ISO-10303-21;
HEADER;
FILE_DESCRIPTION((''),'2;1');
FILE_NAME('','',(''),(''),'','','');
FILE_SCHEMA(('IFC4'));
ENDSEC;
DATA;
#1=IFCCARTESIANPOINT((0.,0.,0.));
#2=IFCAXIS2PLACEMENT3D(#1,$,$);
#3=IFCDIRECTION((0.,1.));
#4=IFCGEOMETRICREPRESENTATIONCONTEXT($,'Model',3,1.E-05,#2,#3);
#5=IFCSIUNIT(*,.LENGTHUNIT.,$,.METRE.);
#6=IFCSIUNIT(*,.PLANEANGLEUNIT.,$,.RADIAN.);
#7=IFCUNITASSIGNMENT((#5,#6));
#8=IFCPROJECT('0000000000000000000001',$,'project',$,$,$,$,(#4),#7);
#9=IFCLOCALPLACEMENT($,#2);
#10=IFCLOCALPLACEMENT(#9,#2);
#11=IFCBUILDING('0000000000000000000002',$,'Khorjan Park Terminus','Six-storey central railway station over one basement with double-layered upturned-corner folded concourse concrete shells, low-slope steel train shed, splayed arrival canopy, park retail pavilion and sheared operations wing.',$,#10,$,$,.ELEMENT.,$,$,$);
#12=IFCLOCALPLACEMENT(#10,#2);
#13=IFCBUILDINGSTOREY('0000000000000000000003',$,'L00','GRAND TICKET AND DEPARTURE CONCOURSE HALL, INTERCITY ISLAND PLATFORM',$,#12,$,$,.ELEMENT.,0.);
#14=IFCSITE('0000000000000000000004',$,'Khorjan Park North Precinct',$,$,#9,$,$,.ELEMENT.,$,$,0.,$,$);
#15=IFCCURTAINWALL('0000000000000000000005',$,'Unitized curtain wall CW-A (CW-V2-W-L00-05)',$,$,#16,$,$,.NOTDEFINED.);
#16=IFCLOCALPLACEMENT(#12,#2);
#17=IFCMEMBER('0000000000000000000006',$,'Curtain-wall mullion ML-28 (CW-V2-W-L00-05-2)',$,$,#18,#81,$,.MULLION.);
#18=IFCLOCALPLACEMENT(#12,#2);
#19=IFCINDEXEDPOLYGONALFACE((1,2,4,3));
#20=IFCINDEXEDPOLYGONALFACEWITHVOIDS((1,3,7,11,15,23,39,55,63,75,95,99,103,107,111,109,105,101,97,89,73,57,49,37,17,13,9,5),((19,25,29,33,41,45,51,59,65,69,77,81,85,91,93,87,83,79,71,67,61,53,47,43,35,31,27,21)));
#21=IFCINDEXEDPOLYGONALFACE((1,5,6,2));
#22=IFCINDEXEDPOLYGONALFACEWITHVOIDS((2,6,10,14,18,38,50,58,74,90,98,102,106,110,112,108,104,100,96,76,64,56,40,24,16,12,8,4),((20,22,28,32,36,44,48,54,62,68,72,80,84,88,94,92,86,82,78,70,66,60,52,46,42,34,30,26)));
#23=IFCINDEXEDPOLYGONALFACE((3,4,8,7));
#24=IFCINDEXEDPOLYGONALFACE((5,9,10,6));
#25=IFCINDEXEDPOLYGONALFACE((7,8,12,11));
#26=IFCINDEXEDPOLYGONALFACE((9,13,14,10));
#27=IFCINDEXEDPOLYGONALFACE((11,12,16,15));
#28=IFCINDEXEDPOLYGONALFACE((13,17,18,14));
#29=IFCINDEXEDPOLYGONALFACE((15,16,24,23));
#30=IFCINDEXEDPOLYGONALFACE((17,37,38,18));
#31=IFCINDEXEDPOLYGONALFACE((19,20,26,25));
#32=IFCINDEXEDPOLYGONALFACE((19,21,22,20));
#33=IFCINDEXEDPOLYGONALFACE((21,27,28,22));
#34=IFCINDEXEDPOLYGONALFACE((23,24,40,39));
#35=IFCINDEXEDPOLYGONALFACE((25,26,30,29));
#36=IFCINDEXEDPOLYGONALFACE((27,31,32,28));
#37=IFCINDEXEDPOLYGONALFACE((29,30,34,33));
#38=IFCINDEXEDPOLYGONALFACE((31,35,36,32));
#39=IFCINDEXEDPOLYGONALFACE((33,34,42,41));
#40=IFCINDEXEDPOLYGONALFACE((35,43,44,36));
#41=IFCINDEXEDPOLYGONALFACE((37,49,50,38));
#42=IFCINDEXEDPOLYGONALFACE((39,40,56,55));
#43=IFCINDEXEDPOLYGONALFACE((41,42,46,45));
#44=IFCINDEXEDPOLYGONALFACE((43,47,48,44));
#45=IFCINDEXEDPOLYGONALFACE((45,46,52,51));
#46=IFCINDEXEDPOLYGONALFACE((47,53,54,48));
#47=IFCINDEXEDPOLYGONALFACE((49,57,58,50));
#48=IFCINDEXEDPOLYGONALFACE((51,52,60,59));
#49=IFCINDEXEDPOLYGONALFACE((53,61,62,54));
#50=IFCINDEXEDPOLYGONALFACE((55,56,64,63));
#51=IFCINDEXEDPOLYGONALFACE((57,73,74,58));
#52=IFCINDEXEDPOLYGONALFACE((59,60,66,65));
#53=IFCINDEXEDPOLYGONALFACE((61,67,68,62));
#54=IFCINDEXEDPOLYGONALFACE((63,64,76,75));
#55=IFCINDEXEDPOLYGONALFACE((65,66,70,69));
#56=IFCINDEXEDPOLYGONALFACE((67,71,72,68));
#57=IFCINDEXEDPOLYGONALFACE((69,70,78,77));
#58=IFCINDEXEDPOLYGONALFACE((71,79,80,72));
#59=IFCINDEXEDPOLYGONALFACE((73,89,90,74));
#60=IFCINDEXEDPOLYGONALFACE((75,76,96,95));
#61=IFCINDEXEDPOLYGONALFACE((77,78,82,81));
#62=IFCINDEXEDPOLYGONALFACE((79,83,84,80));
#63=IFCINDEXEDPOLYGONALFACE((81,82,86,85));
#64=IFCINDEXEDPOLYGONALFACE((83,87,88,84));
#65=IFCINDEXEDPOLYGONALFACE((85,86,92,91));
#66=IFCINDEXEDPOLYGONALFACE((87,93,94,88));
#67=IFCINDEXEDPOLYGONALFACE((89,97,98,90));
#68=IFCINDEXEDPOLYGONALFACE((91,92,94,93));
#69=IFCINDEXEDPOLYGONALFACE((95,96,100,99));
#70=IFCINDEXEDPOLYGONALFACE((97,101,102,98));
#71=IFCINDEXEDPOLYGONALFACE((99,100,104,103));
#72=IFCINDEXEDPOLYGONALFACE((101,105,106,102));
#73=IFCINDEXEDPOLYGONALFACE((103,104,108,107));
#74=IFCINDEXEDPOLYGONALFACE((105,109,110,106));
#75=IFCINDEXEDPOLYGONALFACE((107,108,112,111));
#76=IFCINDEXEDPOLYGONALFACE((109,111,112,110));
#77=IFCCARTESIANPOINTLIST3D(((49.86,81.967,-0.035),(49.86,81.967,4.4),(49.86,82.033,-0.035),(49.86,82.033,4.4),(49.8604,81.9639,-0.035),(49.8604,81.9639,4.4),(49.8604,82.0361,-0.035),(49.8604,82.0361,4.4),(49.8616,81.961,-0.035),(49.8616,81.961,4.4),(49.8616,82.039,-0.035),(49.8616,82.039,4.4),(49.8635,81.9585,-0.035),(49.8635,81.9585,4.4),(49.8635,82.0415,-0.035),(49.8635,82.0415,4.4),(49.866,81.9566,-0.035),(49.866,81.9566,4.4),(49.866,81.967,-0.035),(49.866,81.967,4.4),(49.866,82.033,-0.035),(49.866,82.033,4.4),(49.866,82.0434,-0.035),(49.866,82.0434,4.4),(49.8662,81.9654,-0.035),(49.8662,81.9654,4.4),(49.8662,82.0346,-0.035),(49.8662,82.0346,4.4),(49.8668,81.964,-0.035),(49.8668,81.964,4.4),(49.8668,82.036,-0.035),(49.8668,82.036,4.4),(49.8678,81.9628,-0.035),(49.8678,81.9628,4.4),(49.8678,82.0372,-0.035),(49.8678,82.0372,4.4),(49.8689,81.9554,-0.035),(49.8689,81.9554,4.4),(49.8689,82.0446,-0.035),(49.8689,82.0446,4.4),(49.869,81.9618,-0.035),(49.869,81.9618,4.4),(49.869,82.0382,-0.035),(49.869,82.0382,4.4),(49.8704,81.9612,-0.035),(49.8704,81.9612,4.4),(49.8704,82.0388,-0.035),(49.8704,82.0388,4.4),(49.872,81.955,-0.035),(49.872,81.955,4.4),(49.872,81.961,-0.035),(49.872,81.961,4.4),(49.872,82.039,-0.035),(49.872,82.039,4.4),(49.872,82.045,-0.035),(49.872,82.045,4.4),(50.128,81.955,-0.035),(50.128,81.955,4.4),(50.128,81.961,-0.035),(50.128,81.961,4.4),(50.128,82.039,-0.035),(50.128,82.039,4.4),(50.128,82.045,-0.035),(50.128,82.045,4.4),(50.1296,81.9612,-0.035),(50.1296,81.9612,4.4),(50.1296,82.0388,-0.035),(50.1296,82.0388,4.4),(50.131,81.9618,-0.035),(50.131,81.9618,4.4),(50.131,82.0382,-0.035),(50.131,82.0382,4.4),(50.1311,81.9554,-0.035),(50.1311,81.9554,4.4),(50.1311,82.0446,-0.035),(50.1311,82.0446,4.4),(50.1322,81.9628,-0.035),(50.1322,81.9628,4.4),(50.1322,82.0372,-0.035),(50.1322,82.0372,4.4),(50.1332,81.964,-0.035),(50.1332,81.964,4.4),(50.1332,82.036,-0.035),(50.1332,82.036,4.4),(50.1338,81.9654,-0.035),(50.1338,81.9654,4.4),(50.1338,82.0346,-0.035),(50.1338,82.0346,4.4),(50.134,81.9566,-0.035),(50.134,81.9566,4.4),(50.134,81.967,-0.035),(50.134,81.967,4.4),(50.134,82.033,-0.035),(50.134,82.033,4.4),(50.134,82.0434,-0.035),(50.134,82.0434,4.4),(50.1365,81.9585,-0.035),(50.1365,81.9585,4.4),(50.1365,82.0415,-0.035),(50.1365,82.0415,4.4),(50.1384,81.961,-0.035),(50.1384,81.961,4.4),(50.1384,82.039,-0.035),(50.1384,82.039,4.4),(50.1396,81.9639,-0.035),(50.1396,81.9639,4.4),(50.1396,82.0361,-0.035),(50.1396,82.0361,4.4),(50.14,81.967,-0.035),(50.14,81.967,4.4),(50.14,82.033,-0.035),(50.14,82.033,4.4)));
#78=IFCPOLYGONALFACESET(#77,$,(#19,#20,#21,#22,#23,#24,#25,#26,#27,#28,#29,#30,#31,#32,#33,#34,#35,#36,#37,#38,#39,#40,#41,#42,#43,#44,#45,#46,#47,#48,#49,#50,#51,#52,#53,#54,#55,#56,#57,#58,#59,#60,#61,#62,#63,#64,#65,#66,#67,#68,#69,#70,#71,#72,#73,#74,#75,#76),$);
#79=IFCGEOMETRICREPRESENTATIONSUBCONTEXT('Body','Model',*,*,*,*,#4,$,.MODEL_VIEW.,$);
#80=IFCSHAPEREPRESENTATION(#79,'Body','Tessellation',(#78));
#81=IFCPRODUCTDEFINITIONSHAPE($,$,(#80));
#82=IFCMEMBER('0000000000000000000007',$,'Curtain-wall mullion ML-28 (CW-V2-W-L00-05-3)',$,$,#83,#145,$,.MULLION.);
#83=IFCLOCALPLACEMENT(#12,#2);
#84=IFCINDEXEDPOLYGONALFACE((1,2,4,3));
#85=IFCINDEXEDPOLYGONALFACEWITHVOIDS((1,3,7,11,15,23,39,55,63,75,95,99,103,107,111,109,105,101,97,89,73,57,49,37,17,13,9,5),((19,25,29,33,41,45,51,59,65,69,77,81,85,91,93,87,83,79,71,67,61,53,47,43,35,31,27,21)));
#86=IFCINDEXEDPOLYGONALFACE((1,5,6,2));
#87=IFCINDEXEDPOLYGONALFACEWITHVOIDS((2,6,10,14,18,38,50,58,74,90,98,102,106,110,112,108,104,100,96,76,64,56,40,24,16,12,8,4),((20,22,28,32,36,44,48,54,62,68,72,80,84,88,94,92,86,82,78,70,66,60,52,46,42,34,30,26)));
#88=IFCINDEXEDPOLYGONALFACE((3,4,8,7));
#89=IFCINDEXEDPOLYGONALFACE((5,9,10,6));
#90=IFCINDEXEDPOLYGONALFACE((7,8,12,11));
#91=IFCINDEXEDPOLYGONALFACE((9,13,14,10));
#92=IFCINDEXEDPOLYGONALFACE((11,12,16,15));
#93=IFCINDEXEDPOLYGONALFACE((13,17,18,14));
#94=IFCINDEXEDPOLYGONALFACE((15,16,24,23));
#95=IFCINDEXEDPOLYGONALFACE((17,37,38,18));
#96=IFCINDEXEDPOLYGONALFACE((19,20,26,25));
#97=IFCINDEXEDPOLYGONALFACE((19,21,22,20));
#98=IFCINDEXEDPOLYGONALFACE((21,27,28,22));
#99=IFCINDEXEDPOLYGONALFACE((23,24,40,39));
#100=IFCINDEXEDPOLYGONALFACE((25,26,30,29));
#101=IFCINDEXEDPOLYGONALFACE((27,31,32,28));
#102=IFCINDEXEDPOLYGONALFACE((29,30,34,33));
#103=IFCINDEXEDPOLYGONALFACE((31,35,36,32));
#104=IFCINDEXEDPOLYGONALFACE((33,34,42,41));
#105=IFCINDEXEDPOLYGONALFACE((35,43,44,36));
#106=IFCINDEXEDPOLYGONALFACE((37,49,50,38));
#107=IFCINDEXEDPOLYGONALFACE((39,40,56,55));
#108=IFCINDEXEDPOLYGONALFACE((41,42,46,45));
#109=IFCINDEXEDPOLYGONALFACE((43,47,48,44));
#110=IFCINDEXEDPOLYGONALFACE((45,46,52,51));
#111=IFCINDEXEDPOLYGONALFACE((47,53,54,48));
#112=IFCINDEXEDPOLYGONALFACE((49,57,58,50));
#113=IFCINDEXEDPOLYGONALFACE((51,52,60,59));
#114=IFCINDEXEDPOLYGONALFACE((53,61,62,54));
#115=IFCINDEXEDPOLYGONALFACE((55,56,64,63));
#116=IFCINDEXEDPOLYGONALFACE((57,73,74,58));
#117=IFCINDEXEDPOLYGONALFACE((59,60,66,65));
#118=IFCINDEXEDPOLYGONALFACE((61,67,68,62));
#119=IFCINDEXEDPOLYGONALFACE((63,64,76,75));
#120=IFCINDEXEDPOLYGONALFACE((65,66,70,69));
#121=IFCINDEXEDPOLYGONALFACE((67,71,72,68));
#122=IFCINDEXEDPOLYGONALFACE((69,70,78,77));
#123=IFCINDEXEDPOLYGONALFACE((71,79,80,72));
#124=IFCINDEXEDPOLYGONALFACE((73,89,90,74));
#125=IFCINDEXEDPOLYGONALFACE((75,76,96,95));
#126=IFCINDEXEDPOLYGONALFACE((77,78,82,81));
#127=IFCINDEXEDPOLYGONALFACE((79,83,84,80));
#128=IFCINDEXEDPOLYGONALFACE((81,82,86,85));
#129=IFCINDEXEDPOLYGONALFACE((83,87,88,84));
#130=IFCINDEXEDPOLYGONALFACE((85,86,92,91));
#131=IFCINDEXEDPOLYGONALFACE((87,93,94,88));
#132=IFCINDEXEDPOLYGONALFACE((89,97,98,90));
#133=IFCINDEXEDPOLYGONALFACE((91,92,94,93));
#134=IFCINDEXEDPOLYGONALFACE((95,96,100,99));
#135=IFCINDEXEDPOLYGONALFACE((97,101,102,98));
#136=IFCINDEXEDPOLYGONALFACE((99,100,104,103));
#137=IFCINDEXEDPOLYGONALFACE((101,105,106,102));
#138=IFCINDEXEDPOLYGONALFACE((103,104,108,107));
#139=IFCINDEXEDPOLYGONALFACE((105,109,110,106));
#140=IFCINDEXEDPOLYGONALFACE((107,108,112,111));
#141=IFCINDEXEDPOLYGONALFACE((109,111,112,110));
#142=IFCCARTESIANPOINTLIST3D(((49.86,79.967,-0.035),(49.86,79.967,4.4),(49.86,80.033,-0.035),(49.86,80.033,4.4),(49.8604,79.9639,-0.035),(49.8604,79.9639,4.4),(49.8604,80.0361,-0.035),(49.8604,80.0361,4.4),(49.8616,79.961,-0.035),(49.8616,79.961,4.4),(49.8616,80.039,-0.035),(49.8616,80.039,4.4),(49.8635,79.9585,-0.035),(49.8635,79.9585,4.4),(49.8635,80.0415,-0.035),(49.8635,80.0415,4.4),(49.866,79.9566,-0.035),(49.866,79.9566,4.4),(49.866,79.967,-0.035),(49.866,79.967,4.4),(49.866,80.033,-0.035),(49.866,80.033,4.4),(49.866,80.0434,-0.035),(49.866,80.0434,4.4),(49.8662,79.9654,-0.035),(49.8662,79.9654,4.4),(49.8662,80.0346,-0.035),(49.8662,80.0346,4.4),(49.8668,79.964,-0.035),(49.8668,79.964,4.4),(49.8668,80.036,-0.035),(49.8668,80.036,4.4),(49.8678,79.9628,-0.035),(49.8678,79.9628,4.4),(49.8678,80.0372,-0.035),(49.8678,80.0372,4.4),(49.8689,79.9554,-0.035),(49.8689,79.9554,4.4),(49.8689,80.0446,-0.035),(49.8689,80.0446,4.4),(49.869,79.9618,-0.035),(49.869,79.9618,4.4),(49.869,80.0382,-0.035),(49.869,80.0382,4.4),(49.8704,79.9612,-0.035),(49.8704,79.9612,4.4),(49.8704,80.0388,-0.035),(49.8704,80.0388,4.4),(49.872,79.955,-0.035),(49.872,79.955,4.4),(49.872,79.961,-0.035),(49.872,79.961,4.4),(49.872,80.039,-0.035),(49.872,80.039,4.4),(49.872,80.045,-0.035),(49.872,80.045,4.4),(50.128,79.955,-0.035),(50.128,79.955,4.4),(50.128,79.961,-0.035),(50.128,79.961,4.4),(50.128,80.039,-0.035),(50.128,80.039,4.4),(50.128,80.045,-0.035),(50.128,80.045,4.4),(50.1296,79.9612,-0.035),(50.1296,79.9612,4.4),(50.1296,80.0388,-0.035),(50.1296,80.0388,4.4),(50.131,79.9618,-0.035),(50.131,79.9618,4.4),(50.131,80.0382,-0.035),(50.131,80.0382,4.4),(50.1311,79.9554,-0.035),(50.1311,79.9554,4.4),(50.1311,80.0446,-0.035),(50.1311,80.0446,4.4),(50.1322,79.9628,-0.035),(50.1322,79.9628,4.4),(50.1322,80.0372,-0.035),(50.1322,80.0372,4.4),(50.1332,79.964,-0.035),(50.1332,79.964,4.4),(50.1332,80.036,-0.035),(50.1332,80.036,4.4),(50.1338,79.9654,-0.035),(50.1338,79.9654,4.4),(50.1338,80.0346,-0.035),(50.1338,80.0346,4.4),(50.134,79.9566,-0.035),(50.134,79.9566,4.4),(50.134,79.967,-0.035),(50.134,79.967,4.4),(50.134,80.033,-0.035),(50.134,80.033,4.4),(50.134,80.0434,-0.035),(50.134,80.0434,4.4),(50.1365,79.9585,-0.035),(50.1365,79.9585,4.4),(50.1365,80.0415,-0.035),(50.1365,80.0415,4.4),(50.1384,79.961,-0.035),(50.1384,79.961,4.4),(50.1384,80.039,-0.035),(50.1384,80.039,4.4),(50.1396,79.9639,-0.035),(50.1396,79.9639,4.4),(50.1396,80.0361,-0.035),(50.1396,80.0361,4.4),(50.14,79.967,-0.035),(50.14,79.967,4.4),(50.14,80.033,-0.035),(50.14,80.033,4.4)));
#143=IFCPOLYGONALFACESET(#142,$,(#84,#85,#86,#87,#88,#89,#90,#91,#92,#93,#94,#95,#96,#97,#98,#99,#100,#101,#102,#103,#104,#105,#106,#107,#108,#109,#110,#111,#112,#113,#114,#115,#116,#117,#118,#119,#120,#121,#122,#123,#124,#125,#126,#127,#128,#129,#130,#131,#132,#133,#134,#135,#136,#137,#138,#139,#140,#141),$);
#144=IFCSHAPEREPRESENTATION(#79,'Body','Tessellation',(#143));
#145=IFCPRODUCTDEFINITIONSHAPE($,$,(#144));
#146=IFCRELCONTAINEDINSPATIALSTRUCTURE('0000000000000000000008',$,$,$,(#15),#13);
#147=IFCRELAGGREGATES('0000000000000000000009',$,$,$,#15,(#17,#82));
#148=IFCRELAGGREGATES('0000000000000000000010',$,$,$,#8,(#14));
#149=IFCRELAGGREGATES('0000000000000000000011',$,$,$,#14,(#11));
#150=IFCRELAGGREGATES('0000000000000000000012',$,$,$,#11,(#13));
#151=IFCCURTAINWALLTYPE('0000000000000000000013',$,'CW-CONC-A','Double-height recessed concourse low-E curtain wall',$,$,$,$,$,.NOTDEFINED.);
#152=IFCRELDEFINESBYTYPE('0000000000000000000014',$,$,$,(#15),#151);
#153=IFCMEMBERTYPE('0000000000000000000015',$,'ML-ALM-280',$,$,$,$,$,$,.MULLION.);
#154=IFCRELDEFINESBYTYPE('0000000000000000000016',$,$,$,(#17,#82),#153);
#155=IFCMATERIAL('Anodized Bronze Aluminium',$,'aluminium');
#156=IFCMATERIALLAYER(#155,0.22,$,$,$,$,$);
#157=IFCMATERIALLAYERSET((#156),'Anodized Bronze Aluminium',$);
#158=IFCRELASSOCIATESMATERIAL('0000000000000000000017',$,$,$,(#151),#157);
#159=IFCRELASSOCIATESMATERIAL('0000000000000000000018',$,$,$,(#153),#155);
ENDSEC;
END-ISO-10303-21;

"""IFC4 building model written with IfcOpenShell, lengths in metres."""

from ifc_helpers import new_model, si_unit, direction, frame, origin, origin_2d, place, context, subcontext, project, spatial, hollow_rectangle, extrude, material, layer, layer_set, material_profile, profile_set, type_object, element, aggregate, save


model = new_model("IFC4")

# Units and contexts
model_context = context("Model", 3, precision=1e-05, world=origin(), true_north=direction((0.0, 1.0)))
body_context = subcontext(model_context, "Body", "Model", "MODEL_VIEW")
ifc_project = project(units=[si_unit("LENGTHUNIT", "METRE"), si_unit("PLANEANGLEUNIT", "RADIAN")], contexts=[model_context])

# Site, building, storey
site_placement = place(None, origin())
site = spatial("IfcSite", under=ifc_project, at=site_placement, Name="Khorjan Park North Precinct", CompositionType="ELEMENT", RefElevation=0.0)
building_placement = place(site_placement, origin())
building = spatial("IfcBuilding", under=site, at=building_placement, Name="Khorjan Park Terminus", Description="Six-storey central railway station over one basement with double-layered upturned-corner folded concourse concrete shells, low-slope steel train shed, splayed arrival canopy, park retail pavilion and sheared operations wing.", CompositionType="ELEMENT")
storey_placement = place(building_placement, origin())
storey = spatial("IfcBuildingStorey", under=building, at=storey_placement, Name="L00", Description="GRAND TICKET AND DEPARTURE CONCOURSE HALL, INTERCITY ISLAND PLATFORM", CompositionType="ELEMENT", Elevation=0.0)

# Curtain wall, members
ifc_material_1 = material(Name="Anodized Bronze Aluminium", Category="aluminium")
ifc_layer_1 = layer(ifc_material_1, 0.22)
ifc_layer_set_1 = layer_set([ifc_layer_1], Name="Anodized Bronze Aluminium")
curtain_wall_type = type_object("IfcCurtainWallType", Name="CW-CONC-A", Description="Double-height recessed concourse low-E curtain wall", PredefinedType="NOTDEFINED", material=ifc_layer_set_1)
curtain_wall_placement = place(storey_placement, origin())
curtain_wall = element("IfcCurtainWall", 1, at=curtain_wall_placement, inside=storey, type_object=curtain_wall_type, Name="Unitized curtain wall CW-A (CW-V2-W-L00-05)", PredefinedType="NOTDEFINED")
ifc_material_profile_1 = material_profile(ifc_material_1, hollow_rectangle(XDim=0.09, YDim=0.28, WallThickness=0.006, InnerFilletRadius=0.006, OuterFilletRadius=0.012, at=origin_2d()), Name="ALM 90x280x6")
ifc_profile_set_1 = profile_set([ifc_material_profile_1], Name="Anodized Bronze Aluminium")
member_type_1 = type_object("IfcMemberType", Name="ML-ALM-280", PredefinedType="MULLION", material=ifc_profile_set_1)
member_1_placement = place(storey_placement, frame((50.0, 82.0, -0.035), z_axis=(0.0, 0.0, 1.0), x_axis=(0.0, -1.0, 0.0)))
member_1 = element("IfcMember", 2, at=member_1_placement, type_object=member_type_1, Name="Curtain-wall mullion ML-28 (CW-V2-W-L00-05-2)", PredefinedType="MULLION", context=body_context, shape_type="SweptSolid", body=[
    extrude(hollow_rectangle(XDim=0.09, YDim=0.28, WallThickness=0.006, InnerFilletRadius=0.006, OuterFilletRadius=0.012, at=origin_2d()), origin(), (0.0, 0.0, 1.0), 4.435),
])
member_2_placement = place(storey_placement, frame((50.0, 80.0, -0.035), z_axis=(0.0, 0.0, 1.0), x_axis=(0.0, -1.0, 0.0)))
member_2 = element("IfcMember", 3, at=member_2_placement, type_object=member_type_1, Name="Curtain-wall mullion ML-28 (CW-V2-W-L00-05-3)", PredefinedType="MULLION", context=body_context, shape_type="SweptSolid", body=[
    extrude(hollow_rectangle(XDim=0.09, YDim=0.28, WallThickness=0.006, InnerFilletRadius=0.006, OuterFilletRadius=0.012, at=origin_2d()), origin(), (0.0, 0.0, 1.0), 4.435),
])
aggregate(curtain_wall, [member_1, member_2])

save(model, "model.ifc")
